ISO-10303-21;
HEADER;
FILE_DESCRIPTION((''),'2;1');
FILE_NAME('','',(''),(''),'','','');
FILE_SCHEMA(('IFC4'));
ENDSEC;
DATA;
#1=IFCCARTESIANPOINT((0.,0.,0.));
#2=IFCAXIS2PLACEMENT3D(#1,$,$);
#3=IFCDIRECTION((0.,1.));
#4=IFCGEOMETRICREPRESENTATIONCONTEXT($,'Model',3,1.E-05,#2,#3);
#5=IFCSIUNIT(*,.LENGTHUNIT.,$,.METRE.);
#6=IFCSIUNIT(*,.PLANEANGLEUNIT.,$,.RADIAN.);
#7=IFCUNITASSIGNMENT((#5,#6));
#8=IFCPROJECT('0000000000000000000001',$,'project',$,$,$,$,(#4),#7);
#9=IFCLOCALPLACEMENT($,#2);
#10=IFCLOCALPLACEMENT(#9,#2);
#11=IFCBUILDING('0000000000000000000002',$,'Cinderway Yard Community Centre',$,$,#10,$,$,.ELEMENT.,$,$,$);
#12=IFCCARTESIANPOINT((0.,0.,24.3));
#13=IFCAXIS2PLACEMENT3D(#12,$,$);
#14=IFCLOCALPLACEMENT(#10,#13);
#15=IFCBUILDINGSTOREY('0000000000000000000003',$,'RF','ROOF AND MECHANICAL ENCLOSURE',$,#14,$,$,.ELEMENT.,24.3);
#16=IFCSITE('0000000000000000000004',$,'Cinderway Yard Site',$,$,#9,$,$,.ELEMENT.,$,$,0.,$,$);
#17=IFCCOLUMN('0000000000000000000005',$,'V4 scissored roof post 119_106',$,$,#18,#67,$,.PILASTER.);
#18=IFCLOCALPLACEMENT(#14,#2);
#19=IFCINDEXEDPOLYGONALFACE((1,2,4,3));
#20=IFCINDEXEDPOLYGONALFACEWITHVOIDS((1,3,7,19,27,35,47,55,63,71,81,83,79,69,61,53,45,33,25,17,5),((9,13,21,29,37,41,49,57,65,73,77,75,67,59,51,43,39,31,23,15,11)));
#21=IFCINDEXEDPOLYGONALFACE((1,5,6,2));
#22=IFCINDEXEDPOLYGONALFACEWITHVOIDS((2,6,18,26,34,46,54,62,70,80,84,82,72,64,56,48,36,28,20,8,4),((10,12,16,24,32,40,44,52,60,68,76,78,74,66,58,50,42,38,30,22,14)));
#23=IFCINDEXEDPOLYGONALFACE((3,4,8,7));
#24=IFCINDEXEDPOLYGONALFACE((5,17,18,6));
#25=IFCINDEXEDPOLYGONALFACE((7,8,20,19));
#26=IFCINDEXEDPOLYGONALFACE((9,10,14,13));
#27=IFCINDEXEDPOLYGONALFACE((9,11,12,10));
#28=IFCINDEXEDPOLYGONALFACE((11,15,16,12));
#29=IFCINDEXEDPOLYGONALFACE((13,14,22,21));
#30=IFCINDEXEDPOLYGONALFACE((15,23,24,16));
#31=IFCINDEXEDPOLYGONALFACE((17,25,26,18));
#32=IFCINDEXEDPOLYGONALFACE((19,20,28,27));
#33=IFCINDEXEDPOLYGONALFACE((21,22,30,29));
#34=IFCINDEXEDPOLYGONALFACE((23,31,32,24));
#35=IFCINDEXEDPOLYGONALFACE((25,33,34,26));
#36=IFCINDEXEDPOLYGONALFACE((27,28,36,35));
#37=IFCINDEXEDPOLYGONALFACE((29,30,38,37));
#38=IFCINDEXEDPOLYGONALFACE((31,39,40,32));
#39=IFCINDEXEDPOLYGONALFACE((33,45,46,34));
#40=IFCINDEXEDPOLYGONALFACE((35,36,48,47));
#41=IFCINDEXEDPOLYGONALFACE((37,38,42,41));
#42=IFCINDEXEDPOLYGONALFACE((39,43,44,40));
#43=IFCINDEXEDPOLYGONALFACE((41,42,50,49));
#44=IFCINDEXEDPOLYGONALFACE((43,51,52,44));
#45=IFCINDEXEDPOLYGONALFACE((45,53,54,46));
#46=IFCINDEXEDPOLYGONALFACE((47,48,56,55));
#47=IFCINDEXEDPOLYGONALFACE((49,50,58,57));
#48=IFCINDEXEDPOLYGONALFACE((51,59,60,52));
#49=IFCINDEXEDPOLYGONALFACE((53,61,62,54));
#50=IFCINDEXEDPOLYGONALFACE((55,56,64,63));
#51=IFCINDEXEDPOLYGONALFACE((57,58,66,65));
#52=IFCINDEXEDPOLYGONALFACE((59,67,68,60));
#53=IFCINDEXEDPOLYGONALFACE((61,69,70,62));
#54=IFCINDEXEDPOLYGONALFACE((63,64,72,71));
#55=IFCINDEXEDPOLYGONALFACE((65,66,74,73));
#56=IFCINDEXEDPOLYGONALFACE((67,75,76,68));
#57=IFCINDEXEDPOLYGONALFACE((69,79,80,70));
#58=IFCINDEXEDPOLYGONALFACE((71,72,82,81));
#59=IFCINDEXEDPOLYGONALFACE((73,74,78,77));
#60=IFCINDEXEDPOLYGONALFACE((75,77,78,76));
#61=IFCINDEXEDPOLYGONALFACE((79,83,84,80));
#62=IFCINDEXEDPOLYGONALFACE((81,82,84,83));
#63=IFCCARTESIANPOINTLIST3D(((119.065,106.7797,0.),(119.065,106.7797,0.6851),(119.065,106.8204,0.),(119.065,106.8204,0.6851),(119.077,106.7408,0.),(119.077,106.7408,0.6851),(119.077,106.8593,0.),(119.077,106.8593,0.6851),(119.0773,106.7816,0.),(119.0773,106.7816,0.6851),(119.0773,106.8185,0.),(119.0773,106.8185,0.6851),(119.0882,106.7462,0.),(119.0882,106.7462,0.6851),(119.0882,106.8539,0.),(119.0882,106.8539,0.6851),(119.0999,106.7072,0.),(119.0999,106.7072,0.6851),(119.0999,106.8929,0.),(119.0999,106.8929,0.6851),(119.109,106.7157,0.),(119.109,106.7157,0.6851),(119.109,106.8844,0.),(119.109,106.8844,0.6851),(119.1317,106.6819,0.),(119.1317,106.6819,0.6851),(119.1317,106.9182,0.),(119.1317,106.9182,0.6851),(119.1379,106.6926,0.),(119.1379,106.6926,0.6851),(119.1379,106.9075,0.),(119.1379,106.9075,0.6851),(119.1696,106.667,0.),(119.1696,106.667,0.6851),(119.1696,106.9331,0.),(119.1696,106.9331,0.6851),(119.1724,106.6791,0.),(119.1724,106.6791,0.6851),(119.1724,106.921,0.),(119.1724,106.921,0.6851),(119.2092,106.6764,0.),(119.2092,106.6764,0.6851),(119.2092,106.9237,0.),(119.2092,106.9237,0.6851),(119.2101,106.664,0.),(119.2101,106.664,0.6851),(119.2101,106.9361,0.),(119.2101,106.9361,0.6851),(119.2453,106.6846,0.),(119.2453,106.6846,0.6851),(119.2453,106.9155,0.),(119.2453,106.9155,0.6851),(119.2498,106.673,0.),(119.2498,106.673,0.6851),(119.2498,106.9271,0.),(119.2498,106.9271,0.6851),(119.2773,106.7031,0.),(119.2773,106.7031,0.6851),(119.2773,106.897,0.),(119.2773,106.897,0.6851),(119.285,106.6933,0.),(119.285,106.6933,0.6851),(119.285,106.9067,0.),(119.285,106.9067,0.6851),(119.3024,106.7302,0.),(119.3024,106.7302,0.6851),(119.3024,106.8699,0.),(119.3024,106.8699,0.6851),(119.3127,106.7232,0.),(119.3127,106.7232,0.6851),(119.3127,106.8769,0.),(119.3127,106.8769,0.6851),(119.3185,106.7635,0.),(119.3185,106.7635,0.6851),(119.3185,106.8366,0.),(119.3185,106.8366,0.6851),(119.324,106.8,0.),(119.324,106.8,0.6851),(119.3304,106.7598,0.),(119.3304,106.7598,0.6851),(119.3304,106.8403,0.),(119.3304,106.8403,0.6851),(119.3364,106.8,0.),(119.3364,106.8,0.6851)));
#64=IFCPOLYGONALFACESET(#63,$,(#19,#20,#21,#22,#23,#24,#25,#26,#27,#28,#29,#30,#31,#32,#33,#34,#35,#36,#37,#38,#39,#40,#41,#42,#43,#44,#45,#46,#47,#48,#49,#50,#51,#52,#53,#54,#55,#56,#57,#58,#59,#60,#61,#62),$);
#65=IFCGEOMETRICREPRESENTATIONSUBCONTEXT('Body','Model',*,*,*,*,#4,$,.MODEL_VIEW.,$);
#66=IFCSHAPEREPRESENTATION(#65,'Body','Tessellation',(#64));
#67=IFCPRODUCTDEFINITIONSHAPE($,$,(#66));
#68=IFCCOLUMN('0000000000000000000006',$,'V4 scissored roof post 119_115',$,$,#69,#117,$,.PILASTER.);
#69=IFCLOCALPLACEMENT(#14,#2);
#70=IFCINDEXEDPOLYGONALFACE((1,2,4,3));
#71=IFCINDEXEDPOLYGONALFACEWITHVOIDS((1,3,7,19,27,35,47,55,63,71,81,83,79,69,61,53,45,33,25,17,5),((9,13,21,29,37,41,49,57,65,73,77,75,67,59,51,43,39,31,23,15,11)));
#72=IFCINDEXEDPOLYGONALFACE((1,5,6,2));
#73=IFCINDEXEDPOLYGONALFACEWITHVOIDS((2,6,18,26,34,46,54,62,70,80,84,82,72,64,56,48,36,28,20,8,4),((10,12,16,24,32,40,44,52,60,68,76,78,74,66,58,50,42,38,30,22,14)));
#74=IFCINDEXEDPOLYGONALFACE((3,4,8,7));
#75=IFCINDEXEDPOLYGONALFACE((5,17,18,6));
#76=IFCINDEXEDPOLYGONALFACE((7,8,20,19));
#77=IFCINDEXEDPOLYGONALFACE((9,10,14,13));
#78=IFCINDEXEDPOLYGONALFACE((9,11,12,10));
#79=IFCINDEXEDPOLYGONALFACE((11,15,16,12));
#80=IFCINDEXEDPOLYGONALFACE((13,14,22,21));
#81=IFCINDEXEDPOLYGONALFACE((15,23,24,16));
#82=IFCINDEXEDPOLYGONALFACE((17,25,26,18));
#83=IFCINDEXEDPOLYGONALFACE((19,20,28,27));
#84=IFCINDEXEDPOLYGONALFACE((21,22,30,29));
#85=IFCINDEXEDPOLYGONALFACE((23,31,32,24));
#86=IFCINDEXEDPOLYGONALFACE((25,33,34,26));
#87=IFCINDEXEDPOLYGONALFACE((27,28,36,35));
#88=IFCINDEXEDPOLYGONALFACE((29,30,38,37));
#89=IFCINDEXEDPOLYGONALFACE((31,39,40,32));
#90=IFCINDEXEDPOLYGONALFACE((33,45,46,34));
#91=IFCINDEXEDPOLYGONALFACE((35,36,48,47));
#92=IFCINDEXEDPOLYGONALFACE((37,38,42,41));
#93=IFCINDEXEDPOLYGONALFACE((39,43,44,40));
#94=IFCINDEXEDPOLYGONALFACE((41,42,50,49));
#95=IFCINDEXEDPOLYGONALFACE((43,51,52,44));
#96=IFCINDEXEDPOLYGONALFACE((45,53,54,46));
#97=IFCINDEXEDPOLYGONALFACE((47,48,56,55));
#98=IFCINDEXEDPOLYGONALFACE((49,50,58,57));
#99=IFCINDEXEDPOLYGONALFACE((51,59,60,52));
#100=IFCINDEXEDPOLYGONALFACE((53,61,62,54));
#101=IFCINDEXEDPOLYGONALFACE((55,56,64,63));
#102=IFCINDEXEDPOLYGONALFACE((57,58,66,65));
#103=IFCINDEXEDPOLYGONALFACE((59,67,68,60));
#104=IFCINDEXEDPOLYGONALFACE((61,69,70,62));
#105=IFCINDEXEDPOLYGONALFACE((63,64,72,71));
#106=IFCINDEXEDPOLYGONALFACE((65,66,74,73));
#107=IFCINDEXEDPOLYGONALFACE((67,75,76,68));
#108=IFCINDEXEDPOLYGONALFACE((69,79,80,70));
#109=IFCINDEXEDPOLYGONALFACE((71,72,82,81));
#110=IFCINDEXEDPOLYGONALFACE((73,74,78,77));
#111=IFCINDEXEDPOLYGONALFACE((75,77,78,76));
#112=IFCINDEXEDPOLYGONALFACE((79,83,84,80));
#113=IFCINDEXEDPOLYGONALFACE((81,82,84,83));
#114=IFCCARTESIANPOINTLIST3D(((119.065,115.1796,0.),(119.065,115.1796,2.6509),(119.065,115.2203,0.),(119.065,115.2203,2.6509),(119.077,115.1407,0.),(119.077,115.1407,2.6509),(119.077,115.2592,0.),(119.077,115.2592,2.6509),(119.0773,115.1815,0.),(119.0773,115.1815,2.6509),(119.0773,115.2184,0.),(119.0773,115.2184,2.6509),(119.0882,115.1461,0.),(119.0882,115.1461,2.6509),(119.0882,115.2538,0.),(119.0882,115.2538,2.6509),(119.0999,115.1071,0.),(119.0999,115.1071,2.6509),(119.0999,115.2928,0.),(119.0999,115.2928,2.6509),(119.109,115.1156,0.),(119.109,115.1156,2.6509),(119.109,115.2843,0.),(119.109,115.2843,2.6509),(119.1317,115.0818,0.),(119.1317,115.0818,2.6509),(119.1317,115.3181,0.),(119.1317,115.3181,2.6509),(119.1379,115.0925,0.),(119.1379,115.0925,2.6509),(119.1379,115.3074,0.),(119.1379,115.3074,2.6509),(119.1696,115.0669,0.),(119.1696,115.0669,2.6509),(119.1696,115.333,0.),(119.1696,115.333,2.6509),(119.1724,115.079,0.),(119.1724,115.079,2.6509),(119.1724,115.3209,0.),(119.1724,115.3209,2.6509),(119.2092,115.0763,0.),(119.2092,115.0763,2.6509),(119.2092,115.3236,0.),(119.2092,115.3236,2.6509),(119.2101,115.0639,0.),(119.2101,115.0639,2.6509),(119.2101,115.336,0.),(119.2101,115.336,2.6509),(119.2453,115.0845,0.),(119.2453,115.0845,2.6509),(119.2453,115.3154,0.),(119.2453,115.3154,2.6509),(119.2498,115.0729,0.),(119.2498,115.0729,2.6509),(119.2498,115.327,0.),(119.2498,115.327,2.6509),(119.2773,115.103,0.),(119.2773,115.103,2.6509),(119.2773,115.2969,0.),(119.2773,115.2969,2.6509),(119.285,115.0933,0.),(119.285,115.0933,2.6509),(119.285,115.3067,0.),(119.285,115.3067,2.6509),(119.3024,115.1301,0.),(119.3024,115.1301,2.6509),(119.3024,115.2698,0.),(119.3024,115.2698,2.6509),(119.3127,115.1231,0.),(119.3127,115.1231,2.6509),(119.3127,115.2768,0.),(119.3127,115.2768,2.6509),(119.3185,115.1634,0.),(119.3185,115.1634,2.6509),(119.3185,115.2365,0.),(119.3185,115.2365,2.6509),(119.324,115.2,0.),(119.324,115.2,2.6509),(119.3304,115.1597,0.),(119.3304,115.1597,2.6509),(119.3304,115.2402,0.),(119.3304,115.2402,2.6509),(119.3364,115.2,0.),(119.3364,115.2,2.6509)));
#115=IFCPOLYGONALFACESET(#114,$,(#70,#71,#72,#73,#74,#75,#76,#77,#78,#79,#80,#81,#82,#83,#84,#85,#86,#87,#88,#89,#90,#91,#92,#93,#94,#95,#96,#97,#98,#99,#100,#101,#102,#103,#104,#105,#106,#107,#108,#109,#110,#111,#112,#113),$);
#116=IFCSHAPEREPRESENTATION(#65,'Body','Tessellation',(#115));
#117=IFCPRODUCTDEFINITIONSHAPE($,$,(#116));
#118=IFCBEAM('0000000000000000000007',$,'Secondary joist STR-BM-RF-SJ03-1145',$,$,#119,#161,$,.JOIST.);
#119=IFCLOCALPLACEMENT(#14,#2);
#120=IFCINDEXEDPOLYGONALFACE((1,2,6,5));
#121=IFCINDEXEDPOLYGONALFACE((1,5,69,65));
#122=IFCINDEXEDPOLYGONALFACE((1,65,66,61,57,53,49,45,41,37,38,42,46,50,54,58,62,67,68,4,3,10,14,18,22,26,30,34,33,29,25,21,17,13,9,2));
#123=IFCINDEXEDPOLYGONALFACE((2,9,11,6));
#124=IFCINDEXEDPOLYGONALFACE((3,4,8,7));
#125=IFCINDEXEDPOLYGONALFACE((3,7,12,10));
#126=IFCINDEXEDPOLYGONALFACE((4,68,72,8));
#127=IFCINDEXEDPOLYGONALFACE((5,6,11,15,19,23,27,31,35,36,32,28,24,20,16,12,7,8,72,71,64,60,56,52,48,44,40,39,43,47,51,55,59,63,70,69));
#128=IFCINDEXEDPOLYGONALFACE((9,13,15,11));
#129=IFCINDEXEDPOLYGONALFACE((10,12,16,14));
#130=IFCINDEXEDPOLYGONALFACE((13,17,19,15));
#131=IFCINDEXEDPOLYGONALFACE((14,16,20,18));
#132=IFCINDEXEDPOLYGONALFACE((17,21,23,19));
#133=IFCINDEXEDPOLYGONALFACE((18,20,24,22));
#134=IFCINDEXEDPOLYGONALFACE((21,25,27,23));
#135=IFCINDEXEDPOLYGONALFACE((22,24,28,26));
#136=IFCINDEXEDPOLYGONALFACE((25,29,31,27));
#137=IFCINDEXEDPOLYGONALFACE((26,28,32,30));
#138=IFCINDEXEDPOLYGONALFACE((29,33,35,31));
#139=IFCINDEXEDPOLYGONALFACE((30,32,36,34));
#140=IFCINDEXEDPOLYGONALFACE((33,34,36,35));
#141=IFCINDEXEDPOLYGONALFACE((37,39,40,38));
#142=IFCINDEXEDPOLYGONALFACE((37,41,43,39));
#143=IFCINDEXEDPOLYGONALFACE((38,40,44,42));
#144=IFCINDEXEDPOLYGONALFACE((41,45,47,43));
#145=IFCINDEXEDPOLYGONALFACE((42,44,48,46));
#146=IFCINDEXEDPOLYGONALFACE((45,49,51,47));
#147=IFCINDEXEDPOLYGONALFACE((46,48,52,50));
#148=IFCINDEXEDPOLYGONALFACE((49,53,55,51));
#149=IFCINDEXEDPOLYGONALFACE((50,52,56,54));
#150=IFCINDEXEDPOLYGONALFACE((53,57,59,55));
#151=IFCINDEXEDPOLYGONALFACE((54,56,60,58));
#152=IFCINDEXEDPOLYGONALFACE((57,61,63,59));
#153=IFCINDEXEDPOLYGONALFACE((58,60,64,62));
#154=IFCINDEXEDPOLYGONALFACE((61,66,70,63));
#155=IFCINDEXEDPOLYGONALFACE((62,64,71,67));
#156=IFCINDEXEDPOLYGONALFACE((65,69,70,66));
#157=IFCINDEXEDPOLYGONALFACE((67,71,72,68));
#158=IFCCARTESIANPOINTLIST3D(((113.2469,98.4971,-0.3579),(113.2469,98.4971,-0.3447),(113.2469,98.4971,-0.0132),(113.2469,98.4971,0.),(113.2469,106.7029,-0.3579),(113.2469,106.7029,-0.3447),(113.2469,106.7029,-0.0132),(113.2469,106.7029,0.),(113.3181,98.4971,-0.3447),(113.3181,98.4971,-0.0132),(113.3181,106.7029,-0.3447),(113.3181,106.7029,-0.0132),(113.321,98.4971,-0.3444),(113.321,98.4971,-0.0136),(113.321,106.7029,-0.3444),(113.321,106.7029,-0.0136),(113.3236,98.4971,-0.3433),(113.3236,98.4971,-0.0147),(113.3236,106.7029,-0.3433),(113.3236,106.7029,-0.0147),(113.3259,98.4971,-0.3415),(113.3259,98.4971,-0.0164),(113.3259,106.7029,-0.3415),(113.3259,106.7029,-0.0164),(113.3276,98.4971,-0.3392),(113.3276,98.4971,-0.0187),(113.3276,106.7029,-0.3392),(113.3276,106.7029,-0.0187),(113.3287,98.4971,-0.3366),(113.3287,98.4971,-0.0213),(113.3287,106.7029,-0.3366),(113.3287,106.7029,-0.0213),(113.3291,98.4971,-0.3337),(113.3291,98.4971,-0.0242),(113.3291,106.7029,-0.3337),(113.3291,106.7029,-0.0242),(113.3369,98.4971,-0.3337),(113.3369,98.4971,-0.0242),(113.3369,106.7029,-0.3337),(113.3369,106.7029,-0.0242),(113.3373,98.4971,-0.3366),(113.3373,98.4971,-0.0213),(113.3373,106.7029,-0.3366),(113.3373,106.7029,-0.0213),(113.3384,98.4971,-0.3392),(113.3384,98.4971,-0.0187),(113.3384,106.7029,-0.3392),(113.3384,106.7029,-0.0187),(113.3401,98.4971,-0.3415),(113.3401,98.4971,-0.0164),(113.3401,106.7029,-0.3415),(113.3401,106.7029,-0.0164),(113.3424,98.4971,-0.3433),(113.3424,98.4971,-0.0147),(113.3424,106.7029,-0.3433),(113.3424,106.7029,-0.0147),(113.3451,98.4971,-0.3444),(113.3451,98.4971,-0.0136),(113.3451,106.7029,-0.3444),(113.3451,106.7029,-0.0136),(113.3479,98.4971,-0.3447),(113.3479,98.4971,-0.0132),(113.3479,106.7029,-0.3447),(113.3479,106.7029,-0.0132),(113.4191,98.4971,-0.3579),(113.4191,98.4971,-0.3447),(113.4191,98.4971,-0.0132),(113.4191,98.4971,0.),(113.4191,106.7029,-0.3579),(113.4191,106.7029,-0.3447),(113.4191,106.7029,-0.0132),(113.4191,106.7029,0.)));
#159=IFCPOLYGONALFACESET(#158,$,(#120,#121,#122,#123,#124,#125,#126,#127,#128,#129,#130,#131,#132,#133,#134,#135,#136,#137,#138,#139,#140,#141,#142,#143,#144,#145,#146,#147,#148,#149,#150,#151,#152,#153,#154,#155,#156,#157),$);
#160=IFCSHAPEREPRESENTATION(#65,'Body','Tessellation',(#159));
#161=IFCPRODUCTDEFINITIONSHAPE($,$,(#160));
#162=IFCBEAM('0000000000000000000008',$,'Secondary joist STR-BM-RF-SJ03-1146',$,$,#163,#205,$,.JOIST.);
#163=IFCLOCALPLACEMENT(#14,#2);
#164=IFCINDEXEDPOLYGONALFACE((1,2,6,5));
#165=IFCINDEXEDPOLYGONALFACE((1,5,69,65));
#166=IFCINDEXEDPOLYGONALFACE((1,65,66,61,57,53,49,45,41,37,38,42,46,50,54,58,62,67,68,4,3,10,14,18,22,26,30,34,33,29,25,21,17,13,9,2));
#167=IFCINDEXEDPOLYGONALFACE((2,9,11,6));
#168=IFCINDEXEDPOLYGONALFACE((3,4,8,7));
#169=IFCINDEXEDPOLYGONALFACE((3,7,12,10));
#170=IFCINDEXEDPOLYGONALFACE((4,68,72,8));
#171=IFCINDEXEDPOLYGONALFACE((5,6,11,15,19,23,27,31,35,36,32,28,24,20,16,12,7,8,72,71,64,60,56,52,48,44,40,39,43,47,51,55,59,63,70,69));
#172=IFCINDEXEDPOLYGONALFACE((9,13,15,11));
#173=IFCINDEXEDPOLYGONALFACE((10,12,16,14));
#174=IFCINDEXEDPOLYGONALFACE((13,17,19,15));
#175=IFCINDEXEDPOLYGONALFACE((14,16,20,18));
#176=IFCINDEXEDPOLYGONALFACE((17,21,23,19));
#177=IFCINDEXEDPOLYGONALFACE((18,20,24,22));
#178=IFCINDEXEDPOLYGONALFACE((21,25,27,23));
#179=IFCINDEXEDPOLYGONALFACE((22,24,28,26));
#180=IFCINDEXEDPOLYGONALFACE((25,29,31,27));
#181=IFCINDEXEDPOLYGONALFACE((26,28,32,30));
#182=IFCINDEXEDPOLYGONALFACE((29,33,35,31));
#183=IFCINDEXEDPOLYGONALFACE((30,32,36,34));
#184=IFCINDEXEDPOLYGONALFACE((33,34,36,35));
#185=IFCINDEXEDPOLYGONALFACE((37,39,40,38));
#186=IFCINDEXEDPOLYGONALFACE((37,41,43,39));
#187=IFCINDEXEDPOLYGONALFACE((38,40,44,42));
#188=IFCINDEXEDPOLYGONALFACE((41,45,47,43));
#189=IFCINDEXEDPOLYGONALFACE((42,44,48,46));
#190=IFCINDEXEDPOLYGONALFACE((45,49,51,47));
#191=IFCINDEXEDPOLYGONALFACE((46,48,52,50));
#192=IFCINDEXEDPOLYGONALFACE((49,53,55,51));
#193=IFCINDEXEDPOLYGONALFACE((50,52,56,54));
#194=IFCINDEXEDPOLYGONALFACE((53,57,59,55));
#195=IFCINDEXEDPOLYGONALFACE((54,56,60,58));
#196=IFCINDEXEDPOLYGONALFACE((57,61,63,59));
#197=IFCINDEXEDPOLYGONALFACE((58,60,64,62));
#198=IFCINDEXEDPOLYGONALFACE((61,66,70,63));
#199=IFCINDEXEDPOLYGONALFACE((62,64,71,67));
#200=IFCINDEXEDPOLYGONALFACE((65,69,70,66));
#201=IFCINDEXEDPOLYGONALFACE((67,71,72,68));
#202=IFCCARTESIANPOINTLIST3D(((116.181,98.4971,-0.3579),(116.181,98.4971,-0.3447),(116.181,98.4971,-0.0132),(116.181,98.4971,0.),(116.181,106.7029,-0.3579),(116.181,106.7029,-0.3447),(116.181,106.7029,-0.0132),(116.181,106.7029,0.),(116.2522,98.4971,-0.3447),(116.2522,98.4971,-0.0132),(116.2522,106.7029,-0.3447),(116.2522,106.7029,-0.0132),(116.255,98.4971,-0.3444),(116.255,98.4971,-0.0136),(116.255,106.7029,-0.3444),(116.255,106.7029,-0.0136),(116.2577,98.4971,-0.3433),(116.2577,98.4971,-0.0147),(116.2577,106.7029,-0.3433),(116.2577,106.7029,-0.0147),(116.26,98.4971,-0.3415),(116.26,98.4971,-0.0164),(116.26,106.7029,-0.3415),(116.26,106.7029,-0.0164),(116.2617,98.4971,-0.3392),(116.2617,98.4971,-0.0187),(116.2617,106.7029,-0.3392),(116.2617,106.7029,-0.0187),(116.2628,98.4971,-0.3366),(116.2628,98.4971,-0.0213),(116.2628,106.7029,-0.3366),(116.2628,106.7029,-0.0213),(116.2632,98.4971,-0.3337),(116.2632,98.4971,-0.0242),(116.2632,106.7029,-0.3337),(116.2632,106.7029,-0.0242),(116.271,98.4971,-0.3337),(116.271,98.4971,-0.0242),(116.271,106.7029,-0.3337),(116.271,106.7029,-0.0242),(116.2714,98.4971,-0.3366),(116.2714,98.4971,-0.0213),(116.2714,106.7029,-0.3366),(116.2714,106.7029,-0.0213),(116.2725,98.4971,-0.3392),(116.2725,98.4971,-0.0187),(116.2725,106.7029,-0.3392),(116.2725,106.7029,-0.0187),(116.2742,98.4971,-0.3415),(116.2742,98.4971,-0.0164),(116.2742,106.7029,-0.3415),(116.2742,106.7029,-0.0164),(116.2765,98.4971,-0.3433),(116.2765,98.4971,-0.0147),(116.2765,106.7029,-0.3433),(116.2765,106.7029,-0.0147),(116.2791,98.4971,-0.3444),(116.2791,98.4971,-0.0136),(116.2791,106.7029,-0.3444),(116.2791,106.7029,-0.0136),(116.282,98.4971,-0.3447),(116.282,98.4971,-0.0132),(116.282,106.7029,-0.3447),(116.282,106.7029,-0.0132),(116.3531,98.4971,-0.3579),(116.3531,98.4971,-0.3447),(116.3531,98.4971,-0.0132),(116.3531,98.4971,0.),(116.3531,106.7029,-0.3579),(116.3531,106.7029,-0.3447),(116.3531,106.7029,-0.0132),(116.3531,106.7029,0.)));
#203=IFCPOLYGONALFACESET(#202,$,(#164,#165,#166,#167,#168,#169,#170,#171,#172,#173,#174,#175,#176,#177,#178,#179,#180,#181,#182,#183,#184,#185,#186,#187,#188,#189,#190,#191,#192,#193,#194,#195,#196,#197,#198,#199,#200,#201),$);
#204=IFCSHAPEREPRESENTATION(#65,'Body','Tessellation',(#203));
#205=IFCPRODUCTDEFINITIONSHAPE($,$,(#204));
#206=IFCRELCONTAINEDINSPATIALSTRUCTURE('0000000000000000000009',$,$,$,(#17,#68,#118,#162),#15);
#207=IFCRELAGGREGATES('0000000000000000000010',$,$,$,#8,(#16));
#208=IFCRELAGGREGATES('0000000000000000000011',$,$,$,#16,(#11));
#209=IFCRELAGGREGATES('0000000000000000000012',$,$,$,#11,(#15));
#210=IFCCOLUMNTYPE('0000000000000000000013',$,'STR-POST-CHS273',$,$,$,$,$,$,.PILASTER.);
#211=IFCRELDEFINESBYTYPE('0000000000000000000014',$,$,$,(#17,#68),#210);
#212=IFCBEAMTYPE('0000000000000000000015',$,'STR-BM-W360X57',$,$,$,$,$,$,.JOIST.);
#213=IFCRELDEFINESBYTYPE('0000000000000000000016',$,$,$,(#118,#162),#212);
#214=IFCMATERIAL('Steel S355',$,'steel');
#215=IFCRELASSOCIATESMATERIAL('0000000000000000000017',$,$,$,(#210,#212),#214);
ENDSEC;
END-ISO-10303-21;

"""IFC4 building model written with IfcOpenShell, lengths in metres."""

from ifc_helpers import new_model, si_unit, direction, frame, origin, origin_2d, place, context, subcontext, project, spatial, hollow_circle, i_section, extrude, material, material_profile, profile_set, type_object, element, save


model = new_model("IFC4")

# Units and contexts
model_context = context("Model", 3, precision=1e-05, world=origin(), true_north=direction((0.0, 1.0)))
body_context = subcontext(model_context, "Body", "Model", "MODEL_VIEW")
ifc_project = project(units=[si_unit("LENGTHUNIT", "METRE"), si_unit("PLANEANGLEUNIT", "RADIAN")], contexts=[model_context])

# Site, building, storey
site_placement = place(None, origin())
site = spatial("IfcSite", under=ifc_project, at=site_placement, Name="Cinderway Yard Site", CompositionType="ELEMENT", RefElevation=0.0)
building_placement = place(site_placement, origin())
building = spatial("IfcBuilding", under=site, at=building_placement, Name="Cinderway Yard Community Centre", CompositionType="ELEMENT")
storey_placement = place(building_placement, frame((0.0, 0.0, 24.3)))
storey = spatial("IfcBuildingStorey", under=building, at=storey_placement, Name="RF", Description="ROOF AND MECHANICAL ENCLOSURE", CompositionType="ELEMENT", Elevation=24.3)

# Columns
ifc_material = material(Name="Steel S355", Category="steel")
ifc_material_profile_1 = material_profile(ifc_material, hollow_circle(Radius=0.1365, WallThickness=0.0125, at=origin_2d()), Name="Steel S355")
ifc_profile_set_1 = profile_set([ifc_material_profile_1], Name="Steel S355")
column_type = type_object("IfcColumnType", Name="STR-POST-CHS273", PredefinedType="PILASTER", material=ifc_profile_set_1)
column_1_placement = place(storey_placement, frame((119.2, 106.8, 0.0), z_axis=(0.0, 0.0, 1.0), x_axis=(1.0, 0.0, 0.0)))
element("IfcColumn", 1, at=column_1_placement, inside=storey, type_object=column_type, Name="V4 scissored roof post 119_106", PredefinedType="PILASTER", context=body_context, shape_type="SweptSolid", body=[
    extrude(hollow_circle(Radius=0.1365, WallThickness=0.0125, at=origin_2d()), origin(), (0.0, 0.0, 1.0), 0.6851),
])
column_2_placement = place(storey_placement, frame((119.2, 115.2, 0.0), z_axis=(0.0, 0.0, 1.0), x_axis=(1.0, 0.0, 0.0)))
element("IfcColumn", 2, at=column_2_placement, inside=storey, type_object=column_type, Name="V4 scissored roof post 119_115", PredefinedType="PILASTER", context=body_context, shape_type="SweptSolid", body=[
    extrude(hollow_circle(Radius=0.1365, WallThickness=0.0125, at=origin_2d()), origin(), (0.0, 0.0, 1.0), 2.6509),
])

# Beams
ifc_material_profile_2 = material_profile(ifc_material, i_section(OverallWidth=0.1721, OverallDepth=0.3579, WebThickness=0.0078, FlangeThickness=0.0132, FilletRadius=0.011, at=origin_2d()), Name="Steel S355")
ifc_profile_set_2 = profile_set([ifc_material_profile_2], Name="Steel S355")
beam_type_1 = type_object("IfcBeamType", Name="STR-BM-W360X57", PredefinedType="JOIST", material=ifc_profile_set_2)
for number, where, z_axis, x_axis, name in (
    (3, (113.333, 98.4971, -0.179), (0.0, 1.0, 0.0), (-1.0, 0.0, 0.0), "Secondary joist STR-BM-RF-SJ03-1145"),
    (4, (116.2671, 98.4971, -0.179), (0.0, 1.0, 0.0), (-1.0, 0.0, 0.0), "Secondary joist STR-BM-RF-SJ03-1146"),
):
    element("IfcBeam", number, at=place(storey_placement, frame(where, z_axis=z_axis, x_axis=x_axis)), inside=storey, type_object=beam_type_1, Name=name, PredefinedType="JOIST", context=body_context, shape_type="SweptSolid", body=[
        extrude(i_section(OverallWidth=0.1721, OverallDepth=0.3579, WebThickness=0.0078, FlangeThickness=0.0132, FilletRadius=0.011, at=origin_2d()), origin(), (0.0, 0.0, 1.0), 8.2058),
    ])

save(model, "model.ifc")
